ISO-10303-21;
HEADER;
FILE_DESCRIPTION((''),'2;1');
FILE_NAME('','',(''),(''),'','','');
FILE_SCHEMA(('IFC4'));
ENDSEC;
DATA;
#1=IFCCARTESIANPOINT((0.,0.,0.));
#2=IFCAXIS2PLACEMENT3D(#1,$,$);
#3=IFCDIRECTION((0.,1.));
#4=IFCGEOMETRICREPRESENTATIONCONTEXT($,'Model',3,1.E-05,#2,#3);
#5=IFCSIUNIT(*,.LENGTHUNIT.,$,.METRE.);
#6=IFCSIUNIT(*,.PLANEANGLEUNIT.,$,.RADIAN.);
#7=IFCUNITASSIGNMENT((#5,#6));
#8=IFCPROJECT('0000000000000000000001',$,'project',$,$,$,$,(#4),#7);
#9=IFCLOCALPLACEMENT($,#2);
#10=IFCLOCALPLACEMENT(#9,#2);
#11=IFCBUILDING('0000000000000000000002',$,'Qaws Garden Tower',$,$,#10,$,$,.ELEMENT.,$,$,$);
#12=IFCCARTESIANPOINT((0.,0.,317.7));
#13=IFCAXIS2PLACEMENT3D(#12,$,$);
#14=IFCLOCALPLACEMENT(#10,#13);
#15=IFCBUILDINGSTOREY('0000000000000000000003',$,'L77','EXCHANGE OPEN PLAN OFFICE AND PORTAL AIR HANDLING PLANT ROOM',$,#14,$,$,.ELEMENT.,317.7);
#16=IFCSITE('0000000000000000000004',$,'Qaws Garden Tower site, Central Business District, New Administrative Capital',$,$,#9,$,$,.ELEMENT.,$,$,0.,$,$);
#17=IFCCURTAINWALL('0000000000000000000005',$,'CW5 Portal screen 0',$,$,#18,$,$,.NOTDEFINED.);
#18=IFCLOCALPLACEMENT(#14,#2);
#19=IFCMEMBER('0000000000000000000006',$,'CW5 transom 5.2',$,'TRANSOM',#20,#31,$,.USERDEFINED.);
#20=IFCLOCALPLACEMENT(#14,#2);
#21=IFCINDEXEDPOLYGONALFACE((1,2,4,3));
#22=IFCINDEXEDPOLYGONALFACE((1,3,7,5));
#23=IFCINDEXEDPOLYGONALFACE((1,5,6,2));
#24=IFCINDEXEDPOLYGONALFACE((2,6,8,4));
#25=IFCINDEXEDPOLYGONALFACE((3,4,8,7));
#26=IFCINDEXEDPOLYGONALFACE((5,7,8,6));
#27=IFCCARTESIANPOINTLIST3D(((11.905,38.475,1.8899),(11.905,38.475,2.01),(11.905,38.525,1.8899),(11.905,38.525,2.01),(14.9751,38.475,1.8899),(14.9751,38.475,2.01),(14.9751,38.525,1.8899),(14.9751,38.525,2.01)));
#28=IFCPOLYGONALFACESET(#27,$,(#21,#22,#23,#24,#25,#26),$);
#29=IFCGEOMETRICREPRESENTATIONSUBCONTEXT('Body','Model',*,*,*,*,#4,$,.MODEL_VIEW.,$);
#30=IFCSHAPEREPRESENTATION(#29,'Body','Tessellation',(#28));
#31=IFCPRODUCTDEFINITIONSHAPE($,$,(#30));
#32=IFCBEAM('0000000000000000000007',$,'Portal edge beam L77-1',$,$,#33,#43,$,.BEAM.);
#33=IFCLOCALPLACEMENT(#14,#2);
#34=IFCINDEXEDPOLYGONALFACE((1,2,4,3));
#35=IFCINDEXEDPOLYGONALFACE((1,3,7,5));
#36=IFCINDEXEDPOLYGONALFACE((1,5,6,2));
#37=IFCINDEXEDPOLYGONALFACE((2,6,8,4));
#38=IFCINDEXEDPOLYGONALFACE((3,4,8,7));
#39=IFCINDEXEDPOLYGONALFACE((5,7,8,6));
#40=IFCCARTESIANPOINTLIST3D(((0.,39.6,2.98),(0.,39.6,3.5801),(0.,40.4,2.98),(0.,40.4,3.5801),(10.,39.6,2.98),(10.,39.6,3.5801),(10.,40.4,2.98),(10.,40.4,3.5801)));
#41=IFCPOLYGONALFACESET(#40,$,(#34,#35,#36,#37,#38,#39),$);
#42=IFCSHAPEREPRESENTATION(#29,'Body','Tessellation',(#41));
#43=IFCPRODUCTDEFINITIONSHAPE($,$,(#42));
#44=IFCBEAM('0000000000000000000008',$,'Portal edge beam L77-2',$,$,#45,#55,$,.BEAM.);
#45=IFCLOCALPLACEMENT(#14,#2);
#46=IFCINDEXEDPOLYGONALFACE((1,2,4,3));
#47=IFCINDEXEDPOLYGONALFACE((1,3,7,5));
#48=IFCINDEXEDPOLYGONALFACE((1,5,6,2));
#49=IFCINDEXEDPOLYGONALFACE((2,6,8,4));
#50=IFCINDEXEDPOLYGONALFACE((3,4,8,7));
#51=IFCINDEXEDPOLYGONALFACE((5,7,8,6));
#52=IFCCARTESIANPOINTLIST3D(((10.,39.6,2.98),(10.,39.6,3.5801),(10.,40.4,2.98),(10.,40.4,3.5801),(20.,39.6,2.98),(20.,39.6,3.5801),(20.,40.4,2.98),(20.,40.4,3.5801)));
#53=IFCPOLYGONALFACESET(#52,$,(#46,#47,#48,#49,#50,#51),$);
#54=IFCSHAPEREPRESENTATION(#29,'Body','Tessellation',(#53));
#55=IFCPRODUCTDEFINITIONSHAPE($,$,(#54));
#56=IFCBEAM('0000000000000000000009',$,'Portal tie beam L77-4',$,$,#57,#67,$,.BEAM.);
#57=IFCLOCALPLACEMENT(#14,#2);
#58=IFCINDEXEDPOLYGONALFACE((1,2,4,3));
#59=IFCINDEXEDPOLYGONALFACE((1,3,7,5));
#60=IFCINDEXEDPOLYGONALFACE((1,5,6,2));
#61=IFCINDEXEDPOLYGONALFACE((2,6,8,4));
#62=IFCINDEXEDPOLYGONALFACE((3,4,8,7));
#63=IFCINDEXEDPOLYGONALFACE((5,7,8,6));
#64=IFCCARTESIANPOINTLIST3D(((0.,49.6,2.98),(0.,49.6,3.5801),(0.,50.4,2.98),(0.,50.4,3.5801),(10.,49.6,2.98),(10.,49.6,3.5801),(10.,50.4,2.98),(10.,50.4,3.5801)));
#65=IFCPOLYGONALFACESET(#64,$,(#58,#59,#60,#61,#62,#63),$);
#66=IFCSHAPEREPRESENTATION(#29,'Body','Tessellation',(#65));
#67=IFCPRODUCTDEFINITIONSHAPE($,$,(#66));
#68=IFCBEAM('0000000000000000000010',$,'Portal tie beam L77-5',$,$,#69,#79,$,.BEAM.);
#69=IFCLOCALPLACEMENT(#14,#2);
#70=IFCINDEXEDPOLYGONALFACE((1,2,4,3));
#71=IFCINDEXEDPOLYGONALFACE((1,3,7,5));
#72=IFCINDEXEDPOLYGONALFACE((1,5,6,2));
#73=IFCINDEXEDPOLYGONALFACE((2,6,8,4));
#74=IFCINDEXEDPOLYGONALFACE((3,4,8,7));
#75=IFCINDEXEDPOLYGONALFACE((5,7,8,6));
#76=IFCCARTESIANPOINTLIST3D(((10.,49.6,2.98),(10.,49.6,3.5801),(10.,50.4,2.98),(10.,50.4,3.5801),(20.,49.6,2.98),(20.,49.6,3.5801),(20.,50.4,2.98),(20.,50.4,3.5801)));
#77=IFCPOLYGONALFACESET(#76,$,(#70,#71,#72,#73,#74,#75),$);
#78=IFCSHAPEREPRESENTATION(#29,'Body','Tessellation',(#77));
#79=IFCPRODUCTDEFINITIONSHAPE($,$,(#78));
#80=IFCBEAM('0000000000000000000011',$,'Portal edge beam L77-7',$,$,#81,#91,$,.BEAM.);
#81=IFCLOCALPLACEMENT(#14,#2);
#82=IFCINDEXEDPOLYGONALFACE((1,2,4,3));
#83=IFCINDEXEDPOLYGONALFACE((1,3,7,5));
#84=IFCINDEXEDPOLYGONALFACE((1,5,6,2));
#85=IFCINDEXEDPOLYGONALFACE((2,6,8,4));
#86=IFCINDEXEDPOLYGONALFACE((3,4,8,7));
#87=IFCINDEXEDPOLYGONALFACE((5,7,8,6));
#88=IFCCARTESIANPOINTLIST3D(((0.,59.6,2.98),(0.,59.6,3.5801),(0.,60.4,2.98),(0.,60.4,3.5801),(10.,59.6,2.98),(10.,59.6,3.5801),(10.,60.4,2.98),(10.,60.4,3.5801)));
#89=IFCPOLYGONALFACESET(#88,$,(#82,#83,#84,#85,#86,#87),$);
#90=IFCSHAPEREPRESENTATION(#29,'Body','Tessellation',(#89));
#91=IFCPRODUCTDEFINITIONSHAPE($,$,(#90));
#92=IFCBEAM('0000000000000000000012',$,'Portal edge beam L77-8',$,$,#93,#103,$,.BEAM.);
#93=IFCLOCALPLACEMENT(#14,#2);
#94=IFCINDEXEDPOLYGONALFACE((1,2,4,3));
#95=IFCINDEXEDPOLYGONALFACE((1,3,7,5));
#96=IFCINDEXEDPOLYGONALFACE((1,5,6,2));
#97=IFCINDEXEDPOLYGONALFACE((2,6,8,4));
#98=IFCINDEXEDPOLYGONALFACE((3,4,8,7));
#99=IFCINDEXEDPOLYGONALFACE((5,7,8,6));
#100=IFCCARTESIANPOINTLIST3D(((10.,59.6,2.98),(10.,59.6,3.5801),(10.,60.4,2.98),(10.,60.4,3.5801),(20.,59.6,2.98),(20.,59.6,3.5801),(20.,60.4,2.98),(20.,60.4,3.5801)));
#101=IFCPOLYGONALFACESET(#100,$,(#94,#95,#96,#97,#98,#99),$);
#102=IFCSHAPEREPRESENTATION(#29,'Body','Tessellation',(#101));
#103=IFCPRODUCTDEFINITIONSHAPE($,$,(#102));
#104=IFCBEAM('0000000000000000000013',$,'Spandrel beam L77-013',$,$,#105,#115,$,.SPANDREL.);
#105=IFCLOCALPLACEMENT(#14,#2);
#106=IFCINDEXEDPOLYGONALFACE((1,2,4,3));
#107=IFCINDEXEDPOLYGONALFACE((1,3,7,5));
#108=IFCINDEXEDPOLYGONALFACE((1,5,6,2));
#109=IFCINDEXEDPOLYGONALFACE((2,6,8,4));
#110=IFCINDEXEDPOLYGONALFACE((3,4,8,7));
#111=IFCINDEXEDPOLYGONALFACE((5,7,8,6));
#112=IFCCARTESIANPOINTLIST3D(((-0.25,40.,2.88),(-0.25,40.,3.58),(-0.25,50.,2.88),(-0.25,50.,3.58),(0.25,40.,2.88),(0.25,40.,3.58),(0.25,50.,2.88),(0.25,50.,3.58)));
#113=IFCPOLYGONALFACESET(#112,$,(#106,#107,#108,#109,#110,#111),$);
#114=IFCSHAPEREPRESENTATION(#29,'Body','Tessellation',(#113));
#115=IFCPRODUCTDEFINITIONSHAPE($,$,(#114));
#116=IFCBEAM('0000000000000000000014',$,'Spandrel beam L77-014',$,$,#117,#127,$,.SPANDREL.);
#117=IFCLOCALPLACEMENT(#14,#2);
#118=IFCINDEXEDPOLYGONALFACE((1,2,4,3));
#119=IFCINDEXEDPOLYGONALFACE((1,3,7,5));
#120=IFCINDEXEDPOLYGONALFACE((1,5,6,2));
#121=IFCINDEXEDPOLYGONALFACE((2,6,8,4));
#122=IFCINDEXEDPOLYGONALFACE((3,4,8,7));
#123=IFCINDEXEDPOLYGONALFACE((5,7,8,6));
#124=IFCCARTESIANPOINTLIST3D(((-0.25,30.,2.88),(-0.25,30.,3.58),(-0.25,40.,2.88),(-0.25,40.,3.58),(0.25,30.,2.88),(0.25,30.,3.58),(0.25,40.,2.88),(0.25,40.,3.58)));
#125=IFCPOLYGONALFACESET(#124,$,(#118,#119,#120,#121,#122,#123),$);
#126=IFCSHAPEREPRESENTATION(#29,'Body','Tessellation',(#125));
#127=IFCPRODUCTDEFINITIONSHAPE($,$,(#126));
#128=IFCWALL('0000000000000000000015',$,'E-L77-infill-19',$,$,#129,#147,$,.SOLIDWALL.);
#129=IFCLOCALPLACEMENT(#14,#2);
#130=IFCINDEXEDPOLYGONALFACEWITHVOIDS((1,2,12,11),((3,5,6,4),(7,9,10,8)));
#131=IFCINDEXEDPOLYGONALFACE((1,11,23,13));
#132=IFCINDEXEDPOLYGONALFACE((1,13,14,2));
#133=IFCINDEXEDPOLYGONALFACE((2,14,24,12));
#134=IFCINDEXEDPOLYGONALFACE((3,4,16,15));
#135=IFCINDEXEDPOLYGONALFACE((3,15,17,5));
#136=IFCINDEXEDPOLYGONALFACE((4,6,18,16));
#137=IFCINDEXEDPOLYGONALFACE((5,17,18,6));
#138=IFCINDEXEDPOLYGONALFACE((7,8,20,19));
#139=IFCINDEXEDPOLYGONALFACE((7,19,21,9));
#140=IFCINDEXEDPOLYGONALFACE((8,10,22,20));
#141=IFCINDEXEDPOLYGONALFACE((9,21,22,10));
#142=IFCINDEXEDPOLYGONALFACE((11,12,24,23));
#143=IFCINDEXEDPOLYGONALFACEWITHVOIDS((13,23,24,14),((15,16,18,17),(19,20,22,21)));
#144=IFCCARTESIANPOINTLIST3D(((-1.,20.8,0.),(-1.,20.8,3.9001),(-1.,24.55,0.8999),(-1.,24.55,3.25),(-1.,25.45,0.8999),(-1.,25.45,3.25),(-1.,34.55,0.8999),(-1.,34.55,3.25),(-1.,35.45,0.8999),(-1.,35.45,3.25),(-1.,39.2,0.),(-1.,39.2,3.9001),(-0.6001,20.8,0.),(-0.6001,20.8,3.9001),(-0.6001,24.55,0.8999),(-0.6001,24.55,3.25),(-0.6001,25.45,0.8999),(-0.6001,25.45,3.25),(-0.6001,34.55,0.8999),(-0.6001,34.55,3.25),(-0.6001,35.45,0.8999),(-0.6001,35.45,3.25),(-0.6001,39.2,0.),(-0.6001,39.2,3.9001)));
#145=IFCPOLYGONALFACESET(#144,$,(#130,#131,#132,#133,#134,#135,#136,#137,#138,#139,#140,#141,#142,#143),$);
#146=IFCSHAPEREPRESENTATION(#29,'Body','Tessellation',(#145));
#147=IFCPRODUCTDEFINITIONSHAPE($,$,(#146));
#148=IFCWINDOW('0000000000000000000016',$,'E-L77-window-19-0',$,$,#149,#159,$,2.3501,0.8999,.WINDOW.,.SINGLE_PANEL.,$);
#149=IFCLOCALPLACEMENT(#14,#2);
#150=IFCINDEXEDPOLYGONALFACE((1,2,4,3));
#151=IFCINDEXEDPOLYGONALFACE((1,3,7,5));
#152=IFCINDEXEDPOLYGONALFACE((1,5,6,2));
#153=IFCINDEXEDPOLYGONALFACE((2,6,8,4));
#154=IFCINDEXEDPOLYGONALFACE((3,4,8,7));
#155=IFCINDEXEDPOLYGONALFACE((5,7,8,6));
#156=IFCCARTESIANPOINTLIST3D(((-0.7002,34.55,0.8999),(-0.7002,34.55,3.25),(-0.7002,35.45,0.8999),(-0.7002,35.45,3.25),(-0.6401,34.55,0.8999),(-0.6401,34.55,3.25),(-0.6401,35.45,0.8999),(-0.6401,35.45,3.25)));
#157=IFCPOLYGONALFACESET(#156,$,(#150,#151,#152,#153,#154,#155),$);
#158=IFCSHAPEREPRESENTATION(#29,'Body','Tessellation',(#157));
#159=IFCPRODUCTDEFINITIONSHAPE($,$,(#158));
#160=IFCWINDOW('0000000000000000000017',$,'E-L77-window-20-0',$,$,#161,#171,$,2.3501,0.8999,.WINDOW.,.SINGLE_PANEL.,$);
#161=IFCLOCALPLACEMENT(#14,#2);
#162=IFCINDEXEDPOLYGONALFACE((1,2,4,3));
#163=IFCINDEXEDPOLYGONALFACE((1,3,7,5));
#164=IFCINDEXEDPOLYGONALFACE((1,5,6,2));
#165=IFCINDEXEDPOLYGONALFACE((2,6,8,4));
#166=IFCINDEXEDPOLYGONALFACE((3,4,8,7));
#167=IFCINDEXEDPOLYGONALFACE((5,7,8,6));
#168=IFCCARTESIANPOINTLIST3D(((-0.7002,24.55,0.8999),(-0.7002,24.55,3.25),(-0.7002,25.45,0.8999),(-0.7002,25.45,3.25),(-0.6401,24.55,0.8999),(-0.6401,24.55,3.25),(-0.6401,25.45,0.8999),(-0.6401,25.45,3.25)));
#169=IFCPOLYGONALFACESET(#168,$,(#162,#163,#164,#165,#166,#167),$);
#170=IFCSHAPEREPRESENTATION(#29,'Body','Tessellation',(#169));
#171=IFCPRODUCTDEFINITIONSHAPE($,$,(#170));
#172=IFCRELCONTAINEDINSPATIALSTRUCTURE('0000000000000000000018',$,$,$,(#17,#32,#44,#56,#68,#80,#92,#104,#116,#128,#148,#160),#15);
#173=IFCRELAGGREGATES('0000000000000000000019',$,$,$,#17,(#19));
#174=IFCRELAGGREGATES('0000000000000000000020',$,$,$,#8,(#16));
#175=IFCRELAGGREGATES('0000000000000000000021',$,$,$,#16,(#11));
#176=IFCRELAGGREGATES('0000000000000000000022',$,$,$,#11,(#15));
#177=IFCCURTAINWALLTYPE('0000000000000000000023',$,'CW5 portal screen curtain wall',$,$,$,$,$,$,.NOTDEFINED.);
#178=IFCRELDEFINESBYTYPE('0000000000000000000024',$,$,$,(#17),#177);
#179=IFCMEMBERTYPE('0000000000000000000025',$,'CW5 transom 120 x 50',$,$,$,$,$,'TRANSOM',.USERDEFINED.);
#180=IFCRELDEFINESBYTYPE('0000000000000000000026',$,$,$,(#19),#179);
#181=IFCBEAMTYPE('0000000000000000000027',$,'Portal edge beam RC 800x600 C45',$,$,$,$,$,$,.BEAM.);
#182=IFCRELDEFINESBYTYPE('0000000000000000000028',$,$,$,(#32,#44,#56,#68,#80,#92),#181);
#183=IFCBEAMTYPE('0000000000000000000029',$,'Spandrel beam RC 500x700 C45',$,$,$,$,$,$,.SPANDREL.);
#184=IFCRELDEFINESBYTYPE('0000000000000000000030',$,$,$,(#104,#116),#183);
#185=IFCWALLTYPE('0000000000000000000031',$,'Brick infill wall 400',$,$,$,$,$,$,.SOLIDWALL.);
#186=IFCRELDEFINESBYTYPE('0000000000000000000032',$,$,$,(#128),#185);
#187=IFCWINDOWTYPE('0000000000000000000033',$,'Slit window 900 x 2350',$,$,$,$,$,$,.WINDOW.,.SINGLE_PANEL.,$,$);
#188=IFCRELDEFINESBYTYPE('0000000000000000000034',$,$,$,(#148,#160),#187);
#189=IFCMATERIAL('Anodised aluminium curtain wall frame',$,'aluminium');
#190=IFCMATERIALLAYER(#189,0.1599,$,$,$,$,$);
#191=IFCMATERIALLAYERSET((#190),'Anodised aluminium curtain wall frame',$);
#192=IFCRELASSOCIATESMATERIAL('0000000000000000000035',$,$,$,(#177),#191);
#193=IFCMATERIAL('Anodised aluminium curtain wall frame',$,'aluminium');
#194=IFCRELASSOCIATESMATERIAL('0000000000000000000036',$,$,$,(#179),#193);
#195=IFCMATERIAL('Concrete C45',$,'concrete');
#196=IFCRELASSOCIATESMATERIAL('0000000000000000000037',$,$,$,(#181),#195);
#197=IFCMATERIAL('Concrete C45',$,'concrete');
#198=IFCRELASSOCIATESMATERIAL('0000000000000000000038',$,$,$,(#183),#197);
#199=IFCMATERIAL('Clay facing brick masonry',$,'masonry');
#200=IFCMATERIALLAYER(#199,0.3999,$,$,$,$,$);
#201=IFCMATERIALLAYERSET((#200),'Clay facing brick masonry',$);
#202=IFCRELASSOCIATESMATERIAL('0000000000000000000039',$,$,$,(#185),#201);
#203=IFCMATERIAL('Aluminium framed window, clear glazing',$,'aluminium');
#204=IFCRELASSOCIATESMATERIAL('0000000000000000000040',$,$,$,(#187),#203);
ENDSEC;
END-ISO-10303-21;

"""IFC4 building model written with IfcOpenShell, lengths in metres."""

from ifc_helpers import new_model, si_unit, direction, frame, frame_2d, origin, origin_2d, place, context, subcontext, project, spatial, rectangle, extrude, material, layer, layer_set, material_profile, profile_set, type_object, element, fill, aggregate, save


model = new_model("IFC4")

# Units and contexts
model_context = context("Model", 3, precision=1e-05, world=origin(), true_north=direction((0.0, 1.0)))
body_context = subcontext(model_context, "Body", "Model", "MODEL_VIEW")
ifc_project = project(units=[si_unit("LENGTHUNIT", "METRE"), si_unit("PLANEANGLEUNIT", "RADIAN")], contexts=[model_context])

# Site, building, storey
site_placement = place(None, origin())
site = spatial("IfcSite", under=ifc_project, at=site_placement, Name="Qaws Garden Tower site, Central Business District, New Administrative Capital", CompositionType="ELEMENT", RefElevation=0.0)
building_placement = place(site_placement, origin())
building = spatial("IfcBuilding", under=site, at=building_placement, Name="Qaws Garden Tower", CompositionType="ELEMENT")
storey_placement = place(building_placement, frame((0.0, 0.0, 317.7)))
storey = spatial("IfcBuildingStorey", under=building, at=storey_placement, Name="L77", Description="EXCHANGE OPEN PLAN OFFICE AND PORTAL AIR HANDLING PLANT ROOM", CompositionType="ELEMENT", Elevation=317.7)

# Shared definitions
ifc_material_1 = material(Name="Anodised aluminium curtain wall frame", Category="aluminium")
ifc_layer_1 = layer(ifc_material_1, 0.1599)
ifc_layer_set_1 = layer_set([ifc_layer_1], Name="Anodised aluminium curtain wall frame")
curtain_wall_type = type_object("IfcCurtainWallType", Name="CW5 portal screen curtain wall", PredefinedType="NOTDEFINED", material=ifc_layer_set_1)
placement = place(storey_placement, origin())

# Curtain wall, member
curtain_wall_1 = element("IfcCurtainWall", 1, at=placement, inside=storey, type_object=curtain_wall_type, Name="CW5 Portal screen 0", PredefinedType="NOTDEFINED")
ifc_material_2 = material(Name="Anodised aluminium curtain wall frame", Category="aluminium")
ifc_material_profile_1 = material_profile(ifc_material_2, rectangle(XDim=0.05, YDim=0.1201, at=origin_2d()), Name="AL 50x120")
ifc_profile_set_1 = profile_set([ifc_material_profile_1], Name="Anodised aluminium curtain wall frame")
member_type_1 = type_object("IfcMemberType", Name="CW5 transom 120 x 50", ElementType="TRANSOM", PredefinedType="USERDEFINED", material=ifc_profile_set_1)
member_1_placement = place(storey_placement, frame((11.905, 38.5, 1.95), z_axis=(1.0, 0.0, 0.0), x_axis=(0.0, 1.0, 0.0)))
member_1 = element("IfcMember", 2, at=member_1_placement, type_object=member_type_1, Name="CW5 transom 5.2", ObjectType="TRANSOM", PredefinedType="USERDEFINED", context=body_context, shape_type="SweptSolid", body=[
    extrude(rectangle(XDim=0.05, YDim=0.1201, at=origin_2d()), origin(), (0.0, 0.0, 1.0), 3.0701),
])
aggregate(curtain_wall_1, [member_1])

# Beams
ifc_material_3 = material(Name="Concrete C45", Category="concrete")
ifc_material_profile_2 = material_profile(ifc_material_3, rectangle(XDim=0.8, YDim=0.6001, at=origin_2d()), Name="RC 800x600")
ifc_profile_set_2 = profile_set([ifc_material_profile_2], Name="Concrete C45")
beam_type_1 = type_object("IfcBeamType", Name="Portal edge beam RC 800x600 C45", PredefinedType="BEAM", material=ifc_profile_set_2)
for number, where, z_axis, x_axis, name in (
    (3, (0.0, 40.0, 3.28), (1.0, 0.0, 0.0), (0.0, 1.0, 0.0), "Portal edge beam L77-1"),
    (4, (10.0, 40.0, 3.28), (1.0, 0.0, 0.0), (0.0, 1.0, 0.0), "Portal edge beam L77-2"),
    (5, (0.0, 50.0, 3.28), (1.0, 0.0, 0.0), (0.0, 1.0, 0.0), "Portal tie beam L77-4"),
    (6, (10.0, 50.0, 3.28), (1.0, 0.0, 0.0), (0.0, 1.0, 0.0), "Portal tie beam L77-5"),
    (7, (0.0, 60.0, 3.28), (1.0, 0.0, 0.0), (0.0, 1.0, 0.0), "Portal edge beam L77-7"),
    (8, (10.0, 60.0, 3.28), (1.0, 0.0, 0.0), (0.0, 1.0, 0.0), "Portal edge beam L77-8"),
):
    element("IfcBeam", number, at=place(storey_placement, frame(where, z_axis=z_axis, x_axis=x_axis)), inside=storey, type_object=beam_type_1, Name=name, PredefinedType="BEAM", context=body_context, shape_type="SweptSolid", body=[
        extrude(rectangle(XDim=0.8, YDim=0.6001, at=origin_2d()), origin(), (0.0, 0.0, 1.0), 10.0),
    ])
ifc_material_4 = material(Name="Concrete C45", Category="concrete")
ifc_material_profile_3 = material_profile(ifc_material_4, rectangle(XDim=0.5, YDim=0.7, at=origin_2d()), Name="RC 500x700")
ifc_profile_set_3 = profile_set([ifc_material_profile_3], Name="Concrete C45")
beam_type_2 = type_object("IfcBeamType", Name="Spandrel beam RC 500x700 C45", PredefinedType="SPANDREL", material=ifc_profile_set_3)
for number, where, z_axis, x_axis, name in (
    (9, (0.0, 50.0, 3.23), (0.0, -1.0, 0.0), (1.0, 0.0, 0.0), "Spandrel beam L77-013"),
    (10, (0.0, 40.0, 3.23), (0.0, -1.0, 0.0), (1.0, 0.0, 0.0), "Spandrel beam L77-014"),
):
    element("IfcBeam", number, at=place(storey_placement, frame(where, z_axis=z_axis, x_axis=x_axis)), inside=storey, type_object=beam_type_2, Name=name, PredefinedType="SPANDREL", context=body_context, shape_type="SweptSolid", body=[
        extrude(rectangle(XDim=0.5, YDim=0.7, at=origin_2d()), origin(), (0.0, 0.0, 1.0), 10.0),
    ])

# Wall, openings, windows
ifc_material_5 = material(Name="Clay facing brick masonry", Category="masonry")
ifc_layer_2 = layer(ifc_material_5, 0.3999)
ifc_layer_set_2 = layer_set([ifc_layer_2], Name="Clay facing brick masonry")
wall_type_1 = type_object("IfcWallType", Name="Brick infill wall 400", PredefinedType="SOLIDWALL", material=ifc_layer_set_2)
wall_1_placement = place(storey_placement, frame((-0.8, 39.2, 0.0), z_axis=(0.0, 0.0, 1.0), x_axis=(0.0, -1.0, 0.0)))
wall_1 = element("IfcWall", 11, at=wall_1_placement, inside=storey, type_object=wall_type_1, Name="E-L77-infill-19", PredefinedType="SOLIDWALL", context=body_context, shape_type="SweptSolid", body=[
    extrude(rectangle(XDim=18.3999, YDim=0.3999, at=frame_2d((9.2, 0.0))), origin(), (0.0, 0.0, 1.0), 3.9001),
])
opening_1_placement = place(wall_1_placement, frame((3.75, 0.0, 0.8999)))
opening_1 = element("IfcOpeningElement", 12, at=opening_1_placement, cuts=wall_1, PredefinedType="OPENING", context=body_context, shape_type="SweptSolid", body=[
    extrude(rectangle(XDim=0.8999, YDim=2.3501, at=frame_2d((0.45, 1.175))), frame((0.0, 0.21, 0.0), z_axis=(0.0, -1.0, 0.0), x_axis=(1.0, 0.0, 0.0)), (0.0, 0.0, 1.0), 0.4199),
])
opening_2_placement = place(wall_1_placement, frame((13.75, 0.0, 0.8999)))
opening_2 = element("IfcOpeningElement", 13, at=opening_2_placement, cuts=wall_1, PredefinedType="OPENING", context=body_context, shape_type="SweptSolid", body=[
    extrude(rectangle(XDim=0.8999, YDim=2.3501, at=frame_2d((0.45, 1.175))), frame((0.0, 0.21, 0.0), z_axis=(0.0, -1.0, 0.0), x_axis=(1.0, 0.0, 0.0)), (0.0, 0.0, 1.0), 0.4199),
])
ifc_material_6 = material(Name="Aluminium framed window, clear glazing", Category="aluminium")
window_type = type_object("IfcWindowType", Name="Slit window 900 x 2350", PartitioningType="SINGLE_PANEL", PredefinedType="WINDOW", material=ifc_material_6)
window_1_placement = place(opening_1_placement, origin())
window_1 = element("IfcWindow", 14, at=window_1_placement, inside=storey, type_object=window_type, Name="E-L77-window-19-0", OverallHeight=2.3501, OverallWidth=0.8999, PartitioningType="SINGLE_PANEL", PredefinedType="WINDOW", context=body_context, shape_type="SweptSolid", body=[
    extrude(rectangle(XDim=0.8999, YDim=2.3501, at=frame_2d((0.45, 1.175))), frame((0.0, 0.1599, 0.0), z_axis=(0.0, -1.0, 0.0), x_axis=(1.0, 0.0, 0.0)), (0.0, 0.0, 1.0), 0.0601),
])
fill(opening_1, window_1)
window_2_placement = place(opening_2_placement, origin())
window_2 = element("IfcWindow", 15, at=window_2_placement, inside=storey, type_object=window_type, Name="E-L77-window-20-0", OverallHeight=2.3501, OverallWidth=0.8999, PartitioningType="SINGLE_PANEL", PredefinedType="WINDOW", context=body_context, shape_type="SweptSolid", body=[
    extrude(rectangle(XDim=0.8999, YDim=2.3501, at=frame_2d((0.45, 1.175))), frame((0.0, 0.1599, 0.0), z_axis=(0.0, -1.0, 0.0), x_axis=(1.0, 0.0, 0.0)), (0.0, 0.0, 1.0), 0.0601),
])
fill(opening_2, window_2)

save(model, "model.ifc")
